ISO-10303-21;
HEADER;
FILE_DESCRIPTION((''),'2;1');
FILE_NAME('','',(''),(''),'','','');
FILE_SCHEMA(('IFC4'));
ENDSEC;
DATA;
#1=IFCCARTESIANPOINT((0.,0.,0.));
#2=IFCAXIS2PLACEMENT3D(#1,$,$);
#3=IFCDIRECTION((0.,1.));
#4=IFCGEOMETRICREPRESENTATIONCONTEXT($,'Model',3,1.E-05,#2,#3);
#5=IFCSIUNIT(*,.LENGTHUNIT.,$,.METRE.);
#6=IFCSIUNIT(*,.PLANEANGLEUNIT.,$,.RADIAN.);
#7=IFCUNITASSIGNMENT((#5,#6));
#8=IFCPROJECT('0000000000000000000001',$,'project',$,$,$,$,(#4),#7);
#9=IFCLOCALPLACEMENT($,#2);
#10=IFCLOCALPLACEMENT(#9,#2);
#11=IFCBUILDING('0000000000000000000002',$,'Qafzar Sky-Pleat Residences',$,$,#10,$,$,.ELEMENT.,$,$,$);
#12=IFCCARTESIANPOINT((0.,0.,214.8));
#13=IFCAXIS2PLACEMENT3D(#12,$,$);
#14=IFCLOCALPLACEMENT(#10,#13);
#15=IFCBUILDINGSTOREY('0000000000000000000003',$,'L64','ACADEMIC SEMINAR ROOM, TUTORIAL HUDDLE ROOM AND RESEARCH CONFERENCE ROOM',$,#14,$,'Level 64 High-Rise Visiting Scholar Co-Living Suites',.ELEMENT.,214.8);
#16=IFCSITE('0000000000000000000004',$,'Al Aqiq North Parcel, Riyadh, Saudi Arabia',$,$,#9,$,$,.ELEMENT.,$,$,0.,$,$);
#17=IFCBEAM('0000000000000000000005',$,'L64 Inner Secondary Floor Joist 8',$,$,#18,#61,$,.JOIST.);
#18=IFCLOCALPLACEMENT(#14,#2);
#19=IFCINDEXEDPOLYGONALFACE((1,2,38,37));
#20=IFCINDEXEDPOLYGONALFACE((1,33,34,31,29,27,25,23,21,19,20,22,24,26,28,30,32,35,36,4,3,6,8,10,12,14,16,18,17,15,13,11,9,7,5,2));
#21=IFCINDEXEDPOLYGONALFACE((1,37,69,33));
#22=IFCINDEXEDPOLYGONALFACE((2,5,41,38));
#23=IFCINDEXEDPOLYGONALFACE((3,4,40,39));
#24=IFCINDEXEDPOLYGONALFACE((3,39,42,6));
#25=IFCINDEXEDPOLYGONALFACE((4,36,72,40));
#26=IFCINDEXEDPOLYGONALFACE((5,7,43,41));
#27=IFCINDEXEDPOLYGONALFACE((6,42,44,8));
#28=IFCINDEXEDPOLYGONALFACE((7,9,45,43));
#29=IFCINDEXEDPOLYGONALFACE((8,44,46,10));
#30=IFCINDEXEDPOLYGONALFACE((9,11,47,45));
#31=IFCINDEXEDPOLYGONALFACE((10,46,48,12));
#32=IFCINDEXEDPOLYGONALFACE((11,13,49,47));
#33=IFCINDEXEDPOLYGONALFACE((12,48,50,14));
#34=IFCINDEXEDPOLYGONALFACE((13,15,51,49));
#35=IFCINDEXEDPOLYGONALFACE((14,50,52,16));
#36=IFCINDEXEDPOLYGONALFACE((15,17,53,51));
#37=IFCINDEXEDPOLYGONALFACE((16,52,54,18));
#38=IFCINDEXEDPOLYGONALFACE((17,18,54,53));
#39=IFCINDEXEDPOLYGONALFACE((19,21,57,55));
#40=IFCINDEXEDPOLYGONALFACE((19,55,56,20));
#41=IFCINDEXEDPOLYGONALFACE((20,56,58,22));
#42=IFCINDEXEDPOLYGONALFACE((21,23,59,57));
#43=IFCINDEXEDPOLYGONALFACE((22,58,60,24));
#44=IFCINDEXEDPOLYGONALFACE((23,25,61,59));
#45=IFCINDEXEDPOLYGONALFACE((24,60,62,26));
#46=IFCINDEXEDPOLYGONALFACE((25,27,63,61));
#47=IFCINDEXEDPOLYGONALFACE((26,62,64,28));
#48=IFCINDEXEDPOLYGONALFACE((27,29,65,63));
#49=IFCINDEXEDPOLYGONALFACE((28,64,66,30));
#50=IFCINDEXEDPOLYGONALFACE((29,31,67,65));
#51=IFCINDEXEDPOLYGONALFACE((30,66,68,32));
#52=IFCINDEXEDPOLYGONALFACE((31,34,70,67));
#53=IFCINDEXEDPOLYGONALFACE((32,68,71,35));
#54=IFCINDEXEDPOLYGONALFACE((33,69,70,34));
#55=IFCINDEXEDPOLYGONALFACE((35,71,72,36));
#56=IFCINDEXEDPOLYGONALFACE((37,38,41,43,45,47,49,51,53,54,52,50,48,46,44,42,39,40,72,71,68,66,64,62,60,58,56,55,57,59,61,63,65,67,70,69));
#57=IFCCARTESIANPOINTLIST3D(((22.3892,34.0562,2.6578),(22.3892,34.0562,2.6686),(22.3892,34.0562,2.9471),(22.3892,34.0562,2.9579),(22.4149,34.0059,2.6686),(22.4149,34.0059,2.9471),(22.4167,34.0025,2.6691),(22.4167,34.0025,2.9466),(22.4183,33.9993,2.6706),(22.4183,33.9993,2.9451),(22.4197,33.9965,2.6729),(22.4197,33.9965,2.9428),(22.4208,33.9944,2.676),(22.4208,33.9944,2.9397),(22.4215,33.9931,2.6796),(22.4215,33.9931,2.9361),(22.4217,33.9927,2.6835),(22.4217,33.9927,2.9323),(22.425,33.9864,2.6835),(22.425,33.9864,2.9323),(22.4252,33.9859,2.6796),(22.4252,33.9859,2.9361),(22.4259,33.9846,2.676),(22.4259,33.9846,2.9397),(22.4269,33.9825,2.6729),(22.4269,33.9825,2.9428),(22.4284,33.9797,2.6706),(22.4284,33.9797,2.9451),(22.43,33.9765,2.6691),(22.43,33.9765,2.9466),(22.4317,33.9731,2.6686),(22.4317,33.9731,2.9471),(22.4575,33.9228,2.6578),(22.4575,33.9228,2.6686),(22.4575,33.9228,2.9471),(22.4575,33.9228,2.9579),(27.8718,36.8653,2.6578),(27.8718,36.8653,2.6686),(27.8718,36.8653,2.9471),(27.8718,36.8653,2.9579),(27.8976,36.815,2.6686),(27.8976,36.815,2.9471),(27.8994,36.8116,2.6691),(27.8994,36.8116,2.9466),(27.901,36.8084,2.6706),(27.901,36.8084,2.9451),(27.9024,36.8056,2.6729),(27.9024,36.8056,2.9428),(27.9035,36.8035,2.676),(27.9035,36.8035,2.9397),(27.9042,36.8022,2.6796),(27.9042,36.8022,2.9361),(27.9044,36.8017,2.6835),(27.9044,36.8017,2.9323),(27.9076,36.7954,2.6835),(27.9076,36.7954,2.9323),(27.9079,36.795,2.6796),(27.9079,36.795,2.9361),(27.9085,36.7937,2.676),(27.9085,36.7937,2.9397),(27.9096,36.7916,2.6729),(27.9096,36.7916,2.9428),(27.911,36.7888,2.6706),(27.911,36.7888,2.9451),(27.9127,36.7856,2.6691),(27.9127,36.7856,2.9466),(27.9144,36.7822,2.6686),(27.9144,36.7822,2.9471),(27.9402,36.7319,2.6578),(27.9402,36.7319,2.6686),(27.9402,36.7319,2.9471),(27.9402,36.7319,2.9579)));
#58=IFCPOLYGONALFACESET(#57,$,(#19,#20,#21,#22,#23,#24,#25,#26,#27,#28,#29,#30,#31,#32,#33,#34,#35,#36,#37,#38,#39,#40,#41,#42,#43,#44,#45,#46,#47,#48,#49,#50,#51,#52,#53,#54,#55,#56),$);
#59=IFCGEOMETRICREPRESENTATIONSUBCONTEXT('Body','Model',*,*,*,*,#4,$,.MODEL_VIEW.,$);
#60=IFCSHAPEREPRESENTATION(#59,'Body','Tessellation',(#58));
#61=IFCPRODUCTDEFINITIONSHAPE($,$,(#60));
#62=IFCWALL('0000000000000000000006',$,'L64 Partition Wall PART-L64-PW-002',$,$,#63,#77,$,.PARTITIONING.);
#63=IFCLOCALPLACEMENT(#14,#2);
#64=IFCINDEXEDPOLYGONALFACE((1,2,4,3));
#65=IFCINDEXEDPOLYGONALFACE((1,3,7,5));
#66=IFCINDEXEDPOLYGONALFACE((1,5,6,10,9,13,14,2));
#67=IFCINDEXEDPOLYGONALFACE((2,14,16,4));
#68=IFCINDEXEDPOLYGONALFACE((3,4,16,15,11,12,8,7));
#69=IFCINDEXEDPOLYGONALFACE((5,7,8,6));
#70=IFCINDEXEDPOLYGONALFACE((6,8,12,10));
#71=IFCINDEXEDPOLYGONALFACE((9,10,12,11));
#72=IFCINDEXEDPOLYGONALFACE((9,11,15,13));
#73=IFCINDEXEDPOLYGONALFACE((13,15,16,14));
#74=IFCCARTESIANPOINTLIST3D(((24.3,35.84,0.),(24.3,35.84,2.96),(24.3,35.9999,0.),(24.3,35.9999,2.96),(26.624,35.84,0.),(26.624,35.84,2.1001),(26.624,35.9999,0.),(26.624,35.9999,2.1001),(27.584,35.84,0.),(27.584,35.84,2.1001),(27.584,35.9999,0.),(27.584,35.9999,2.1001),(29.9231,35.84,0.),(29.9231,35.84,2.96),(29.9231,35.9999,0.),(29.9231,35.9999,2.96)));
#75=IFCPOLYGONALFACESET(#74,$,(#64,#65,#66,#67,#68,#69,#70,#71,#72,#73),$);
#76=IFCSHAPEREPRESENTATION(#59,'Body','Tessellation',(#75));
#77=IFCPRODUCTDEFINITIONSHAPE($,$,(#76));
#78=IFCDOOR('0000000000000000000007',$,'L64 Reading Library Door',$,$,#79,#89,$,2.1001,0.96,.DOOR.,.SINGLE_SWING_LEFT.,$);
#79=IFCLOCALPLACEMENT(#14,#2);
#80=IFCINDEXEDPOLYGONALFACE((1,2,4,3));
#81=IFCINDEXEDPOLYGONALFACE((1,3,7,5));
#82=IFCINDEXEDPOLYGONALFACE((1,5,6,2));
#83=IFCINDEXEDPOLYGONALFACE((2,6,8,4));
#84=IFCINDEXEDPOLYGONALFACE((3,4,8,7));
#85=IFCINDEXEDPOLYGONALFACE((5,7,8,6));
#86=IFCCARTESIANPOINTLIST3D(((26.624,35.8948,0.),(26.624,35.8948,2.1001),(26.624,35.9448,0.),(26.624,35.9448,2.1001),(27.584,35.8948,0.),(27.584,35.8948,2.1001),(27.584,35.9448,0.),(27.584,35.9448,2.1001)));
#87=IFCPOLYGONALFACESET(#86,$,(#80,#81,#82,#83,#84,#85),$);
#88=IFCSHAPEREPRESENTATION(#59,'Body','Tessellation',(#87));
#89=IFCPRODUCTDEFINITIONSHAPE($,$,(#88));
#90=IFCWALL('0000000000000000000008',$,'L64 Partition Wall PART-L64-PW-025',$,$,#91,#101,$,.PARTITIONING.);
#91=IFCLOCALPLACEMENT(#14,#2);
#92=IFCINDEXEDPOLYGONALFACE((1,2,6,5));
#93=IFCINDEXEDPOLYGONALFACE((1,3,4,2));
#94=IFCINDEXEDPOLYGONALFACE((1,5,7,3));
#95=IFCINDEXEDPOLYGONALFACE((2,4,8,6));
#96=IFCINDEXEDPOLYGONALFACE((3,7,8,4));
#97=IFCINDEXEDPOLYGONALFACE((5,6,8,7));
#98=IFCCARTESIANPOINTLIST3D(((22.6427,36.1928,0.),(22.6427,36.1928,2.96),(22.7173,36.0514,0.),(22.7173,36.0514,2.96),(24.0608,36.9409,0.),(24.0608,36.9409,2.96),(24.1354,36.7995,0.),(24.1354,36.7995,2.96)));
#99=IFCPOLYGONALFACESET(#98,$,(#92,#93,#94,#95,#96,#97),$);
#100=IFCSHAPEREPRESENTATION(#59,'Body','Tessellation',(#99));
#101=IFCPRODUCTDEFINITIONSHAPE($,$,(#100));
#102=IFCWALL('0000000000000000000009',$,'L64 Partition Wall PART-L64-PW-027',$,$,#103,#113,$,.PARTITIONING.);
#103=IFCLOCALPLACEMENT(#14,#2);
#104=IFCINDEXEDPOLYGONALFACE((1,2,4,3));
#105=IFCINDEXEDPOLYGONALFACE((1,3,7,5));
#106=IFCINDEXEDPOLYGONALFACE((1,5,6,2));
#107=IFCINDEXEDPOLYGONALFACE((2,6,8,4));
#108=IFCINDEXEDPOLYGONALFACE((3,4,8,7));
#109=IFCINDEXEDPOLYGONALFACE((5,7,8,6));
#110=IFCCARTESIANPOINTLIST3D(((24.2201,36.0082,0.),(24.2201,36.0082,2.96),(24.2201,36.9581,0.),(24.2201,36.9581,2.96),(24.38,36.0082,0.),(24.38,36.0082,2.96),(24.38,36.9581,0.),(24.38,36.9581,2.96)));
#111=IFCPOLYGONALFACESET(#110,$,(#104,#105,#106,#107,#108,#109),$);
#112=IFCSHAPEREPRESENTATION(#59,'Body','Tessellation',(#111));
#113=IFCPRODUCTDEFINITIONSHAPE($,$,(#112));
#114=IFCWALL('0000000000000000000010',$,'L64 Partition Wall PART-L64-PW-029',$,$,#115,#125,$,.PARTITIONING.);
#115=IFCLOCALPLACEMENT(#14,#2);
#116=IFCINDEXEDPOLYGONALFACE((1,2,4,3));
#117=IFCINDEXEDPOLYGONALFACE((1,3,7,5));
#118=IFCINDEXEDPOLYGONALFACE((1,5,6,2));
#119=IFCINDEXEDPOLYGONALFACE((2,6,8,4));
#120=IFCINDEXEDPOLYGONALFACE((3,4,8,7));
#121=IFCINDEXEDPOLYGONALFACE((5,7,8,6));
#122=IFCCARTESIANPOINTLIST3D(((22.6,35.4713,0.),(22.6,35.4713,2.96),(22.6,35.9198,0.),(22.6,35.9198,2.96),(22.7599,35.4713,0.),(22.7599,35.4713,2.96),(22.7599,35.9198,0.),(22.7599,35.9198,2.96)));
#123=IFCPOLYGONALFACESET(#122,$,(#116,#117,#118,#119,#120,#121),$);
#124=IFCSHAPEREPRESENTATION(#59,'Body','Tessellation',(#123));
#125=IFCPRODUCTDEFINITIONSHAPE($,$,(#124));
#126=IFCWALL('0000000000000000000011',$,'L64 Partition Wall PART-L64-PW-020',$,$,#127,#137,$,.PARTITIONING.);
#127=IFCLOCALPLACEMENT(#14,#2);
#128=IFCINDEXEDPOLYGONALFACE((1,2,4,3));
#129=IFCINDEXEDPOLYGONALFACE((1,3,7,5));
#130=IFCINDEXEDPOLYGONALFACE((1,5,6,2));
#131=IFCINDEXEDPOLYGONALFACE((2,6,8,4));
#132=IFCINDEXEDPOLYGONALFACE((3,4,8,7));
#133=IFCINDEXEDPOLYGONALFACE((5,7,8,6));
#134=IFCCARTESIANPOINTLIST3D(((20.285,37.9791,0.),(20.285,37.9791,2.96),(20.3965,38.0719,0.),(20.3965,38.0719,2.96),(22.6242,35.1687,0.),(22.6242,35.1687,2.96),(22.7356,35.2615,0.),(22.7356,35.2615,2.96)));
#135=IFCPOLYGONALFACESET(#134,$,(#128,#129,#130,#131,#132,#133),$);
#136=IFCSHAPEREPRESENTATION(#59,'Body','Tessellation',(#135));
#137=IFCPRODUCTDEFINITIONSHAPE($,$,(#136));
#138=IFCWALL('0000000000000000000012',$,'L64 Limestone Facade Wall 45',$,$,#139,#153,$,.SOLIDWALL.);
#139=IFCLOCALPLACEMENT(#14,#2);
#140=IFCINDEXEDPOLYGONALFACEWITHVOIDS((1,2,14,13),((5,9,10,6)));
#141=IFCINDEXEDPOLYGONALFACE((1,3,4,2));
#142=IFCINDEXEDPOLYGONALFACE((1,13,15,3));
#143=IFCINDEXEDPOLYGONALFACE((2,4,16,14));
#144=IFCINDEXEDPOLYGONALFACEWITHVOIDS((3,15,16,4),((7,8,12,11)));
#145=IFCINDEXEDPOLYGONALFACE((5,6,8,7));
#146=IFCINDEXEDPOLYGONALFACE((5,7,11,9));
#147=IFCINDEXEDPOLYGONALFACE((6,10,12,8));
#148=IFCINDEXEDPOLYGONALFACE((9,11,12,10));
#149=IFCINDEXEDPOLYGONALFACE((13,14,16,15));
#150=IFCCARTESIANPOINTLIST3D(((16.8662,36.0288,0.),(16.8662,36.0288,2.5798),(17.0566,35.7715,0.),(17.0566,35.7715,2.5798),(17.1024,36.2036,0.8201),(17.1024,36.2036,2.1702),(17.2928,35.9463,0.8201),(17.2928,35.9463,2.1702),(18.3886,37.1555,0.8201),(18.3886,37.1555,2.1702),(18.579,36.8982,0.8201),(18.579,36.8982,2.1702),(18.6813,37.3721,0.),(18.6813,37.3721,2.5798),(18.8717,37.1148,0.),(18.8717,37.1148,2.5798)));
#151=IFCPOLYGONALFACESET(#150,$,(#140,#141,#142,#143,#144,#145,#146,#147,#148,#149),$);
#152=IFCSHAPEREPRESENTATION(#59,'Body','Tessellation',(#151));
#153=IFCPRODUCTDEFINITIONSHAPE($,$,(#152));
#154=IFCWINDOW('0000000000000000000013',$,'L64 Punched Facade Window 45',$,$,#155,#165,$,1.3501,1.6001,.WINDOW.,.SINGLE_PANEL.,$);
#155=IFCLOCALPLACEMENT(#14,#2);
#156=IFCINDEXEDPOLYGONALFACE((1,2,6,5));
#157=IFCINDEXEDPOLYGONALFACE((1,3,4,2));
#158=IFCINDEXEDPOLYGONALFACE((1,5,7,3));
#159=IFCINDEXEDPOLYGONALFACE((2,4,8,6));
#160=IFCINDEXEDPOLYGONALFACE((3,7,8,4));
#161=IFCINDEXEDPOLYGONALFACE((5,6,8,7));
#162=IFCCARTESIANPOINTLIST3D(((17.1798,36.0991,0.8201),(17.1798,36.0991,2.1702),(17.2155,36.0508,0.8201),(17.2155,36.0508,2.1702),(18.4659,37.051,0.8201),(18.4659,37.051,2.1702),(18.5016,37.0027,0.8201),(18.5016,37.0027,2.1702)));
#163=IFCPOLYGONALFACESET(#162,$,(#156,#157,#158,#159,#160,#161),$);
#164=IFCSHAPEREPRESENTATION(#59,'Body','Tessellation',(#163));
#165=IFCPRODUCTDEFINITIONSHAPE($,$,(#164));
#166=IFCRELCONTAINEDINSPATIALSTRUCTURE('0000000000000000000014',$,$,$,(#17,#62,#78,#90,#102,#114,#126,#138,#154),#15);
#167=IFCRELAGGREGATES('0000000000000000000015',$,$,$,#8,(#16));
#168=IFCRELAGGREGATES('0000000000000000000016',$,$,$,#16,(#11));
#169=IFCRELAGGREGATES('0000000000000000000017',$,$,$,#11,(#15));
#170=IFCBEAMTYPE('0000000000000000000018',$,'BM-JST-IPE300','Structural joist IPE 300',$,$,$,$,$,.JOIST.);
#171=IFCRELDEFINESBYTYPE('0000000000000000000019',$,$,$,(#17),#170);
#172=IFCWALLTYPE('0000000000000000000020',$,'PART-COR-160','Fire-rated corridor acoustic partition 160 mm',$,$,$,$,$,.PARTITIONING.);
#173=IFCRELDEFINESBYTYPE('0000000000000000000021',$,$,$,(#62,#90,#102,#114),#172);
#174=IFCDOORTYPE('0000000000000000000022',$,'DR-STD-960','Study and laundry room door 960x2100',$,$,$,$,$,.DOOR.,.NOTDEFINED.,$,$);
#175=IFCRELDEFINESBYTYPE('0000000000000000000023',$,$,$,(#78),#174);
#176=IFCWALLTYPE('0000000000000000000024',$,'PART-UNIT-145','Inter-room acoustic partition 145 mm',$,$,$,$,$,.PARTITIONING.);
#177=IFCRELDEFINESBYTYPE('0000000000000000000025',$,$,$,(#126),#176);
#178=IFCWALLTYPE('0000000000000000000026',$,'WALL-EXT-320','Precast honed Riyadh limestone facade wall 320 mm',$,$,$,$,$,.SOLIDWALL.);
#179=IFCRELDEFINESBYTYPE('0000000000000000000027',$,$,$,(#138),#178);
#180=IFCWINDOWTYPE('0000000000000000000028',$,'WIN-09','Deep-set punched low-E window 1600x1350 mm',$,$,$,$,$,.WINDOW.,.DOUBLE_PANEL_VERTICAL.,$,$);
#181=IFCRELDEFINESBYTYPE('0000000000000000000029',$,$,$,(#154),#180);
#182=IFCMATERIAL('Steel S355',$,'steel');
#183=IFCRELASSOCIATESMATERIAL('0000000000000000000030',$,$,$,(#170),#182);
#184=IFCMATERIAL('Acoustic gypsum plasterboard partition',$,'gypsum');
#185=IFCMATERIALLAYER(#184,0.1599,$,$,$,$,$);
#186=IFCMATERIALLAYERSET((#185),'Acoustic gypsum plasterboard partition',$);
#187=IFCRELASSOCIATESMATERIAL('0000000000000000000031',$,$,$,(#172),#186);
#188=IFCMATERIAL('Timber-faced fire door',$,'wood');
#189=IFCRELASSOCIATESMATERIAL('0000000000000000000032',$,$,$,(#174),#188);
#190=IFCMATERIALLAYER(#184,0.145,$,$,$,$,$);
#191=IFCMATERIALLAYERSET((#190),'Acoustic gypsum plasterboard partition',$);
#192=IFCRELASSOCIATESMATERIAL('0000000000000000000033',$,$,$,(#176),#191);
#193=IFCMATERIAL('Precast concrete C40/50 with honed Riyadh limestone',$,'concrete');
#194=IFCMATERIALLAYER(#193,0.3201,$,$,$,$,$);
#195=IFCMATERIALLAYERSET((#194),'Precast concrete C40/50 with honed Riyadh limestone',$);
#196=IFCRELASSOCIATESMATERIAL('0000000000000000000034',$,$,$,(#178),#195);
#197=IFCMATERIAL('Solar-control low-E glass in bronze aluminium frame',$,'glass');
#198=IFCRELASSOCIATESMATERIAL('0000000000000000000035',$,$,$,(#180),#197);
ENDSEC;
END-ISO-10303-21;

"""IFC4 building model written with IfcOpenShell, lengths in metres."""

from ifc_helpers import new_model, si_unit, direction, frame, frame_2d, origin, origin_2d, place, context, subcontext, project, spatial, rectangle, i_section, extrude, source, transform, mapped, material, layer, layer_set, material_profile, profile_set, type_object, element, fill, save


model = new_model("IFC4")

# Units and contexts
model_context = context("Model", 3, precision=1e-05, world=origin(), true_north=direction((0.0, 1.0)))
body_context = subcontext(model_context, "Body", "Model", "MODEL_VIEW")
ifc_project = project(units=[si_unit("LENGTHUNIT", "METRE"), si_unit("PLANEANGLEUNIT", "RADIAN")], contexts=[model_context])

# Site, building, storey
site_placement = place(None, origin())
site = spatial("IfcSite", under=ifc_project, at=site_placement, Name="Al Aqiq North Parcel, Riyadh, Saudi Arabia", CompositionType="ELEMENT", RefElevation=0.0)
building_placement = place(site_placement, origin())
building = spatial("IfcBuilding", under=site, at=building_placement, Name="Qafzar Sky-Pleat Residences", CompositionType="ELEMENT")
storey_placement = place(building_placement, frame((0.0, 0.0, 214.8)))
storey = spatial("IfcBuildingStorey", under=building, at=storey_placement, Name="L64", Description="ACADEMIC SEMINAR ROOM, TUTORIAL HUDDLE ROOM AND RESEARCH CONFERENCE ROOM", LongName="Level 64 High-Rise Visiting Scholar Co-Living Suites", CompositionType="ELEMENT", Elevation=214.8)

# Beam
ifc_material_1 = material(Name="Steel S355", Category="steel")
ifc_material_profile_1 = material_profile(ifc_material_1, i_section(OverallWidth=0.1499, OverallDepth=0.3, WebThickness=0.0071, FlangeThickness=0.0107, FilletRadius=0.0149, at=origin_2d()), Name="IPE 300")
ifc_profile_set_1 = profile_set([ifc_material_profile_1], Name="Steel S355")
beam_type_1 = type_object("IfcBeamType", Name="BM-JST-IPE300", Description="Structural joist IPE 300", PredefinedType="JOIST", material=ifc_profile_set_1)
shared_shape_1 = source(origin(), body_context, "Body", "SweptSolid", [
    extrude(i_section(OverallWidth=0.1499, OverallDepth=0.3, WebThickness=0.0071, FlangeThickness=0.0107, FilletRadius=0.0149, at=origin_2d()), origin(), (0.0, 0.0, 1.0), 6.1604),
])
beam_1_placement = place(storey_placement, frame((27.906, 36.7986, 2.8079), z_axis=(-0.889985, -0.45599, 0.0), x_axis=(0.45599, -0.889985, 0.0)))
element("IfcBeam", 1, at=beam_1_placement, inside=storey, type_object=beam_type_1, Name="L64 Inner Secondary Floor Joist 8", PredefinedType="JOIST", context=body_context, shape_type="MappedRepresentation", body=[
    mapped(shared_shape_1, transform((0.0, 0.0, 0.0), x_axis=(1.0, 0.0, 0.0), y_axis=(0.0, 1.0, 0.0), z_axis=(0.0, 0.0, 1.0), scale=1.0)),
])

# Wall, opening, door
ifc_material_2 = material(Name="Acoustic gypsum plasterboard partition", Category="gypsum")
ifc_layer_1 = layer(ifc_material_2, 0.1599)
ifc_layer_set_1 = layer_set([ifc_layer_1], Name="Acoustic gypsum plasterboard partition")
wall_type_1 = type_object("IfcWallType", Name="PART-COR-160", Description="Fire-rated corridor acoustic partition 160 mm", PredefinedType="PARTITIONING", material=ifc_layer_set_1)
wall_1_placement = place(storey_placement, frame((24.3, 35.9199, 0.0), z_axis=(0.0, 0.0, 1.0), x_axis=(1.0, 0.0, 0.0)))
wall_1 = element("IfcWall", 2, at=wall_1_placement, inside=storey, type_object=wall_type_1, Name="L64 Partition Wall PART-L64-PW-002", PredefinedType="PARTITIONING", context=body_context, shape_type="SweptSolid", body=[
    extrude(rectangle(XDim=5.623, YDim=0.1599, at=frame_2d((2.8115, 0.0))), origin(), (0.0, 0.0, 1.0), 2.96),
])
opening_1_placement = place(wall_1_placement, frame((2.324, 0.0, 0.0)))
opening_1 = element("IfcOpeningElement", 3, at=opening_1_placement, cuts=wall_1, PredefinedType="OPENING", context=body_context, shape_type="SweptSolid", body=[
    extrude(rectangle(XDim=0.96, YDim=2.1001, at=frame_2d((0.48, 1.05))), frame((0.0, 0.0898, 0.0), z_axis=(0.0, -1.0, 0.0), x_axis=(1.0, 0.0, 0.0)), (0.0, 0.0, 1.0), 0.1799),
])
ifc_material_3 = material(Name="Timber-faced fire door", Category="wood")
door_type = type_object("IfcDoorType", Name="DR-STD-960", Description="Study and laundry room door 960x2100", OperationType="NOTDEFINED", PredefinedType="DOOR", material=ifc_material_3)
shared_shape_2 = source(origin(), body_context, "Body", "SweptSolid", [
    extrude(rectangle(XDim=0.96, YDim=2.1001, at=frame_2d((0.48, 1.05))), frame((0.0, 0.0249, 0.0), z_axis=(0.0, -1.0, 0.0), x_axis=(1.0, 0.0, 0.0)), (0.0, 0.0, 1.0), 0.05),
])
door_placement = place(opening_1_placement, origin())
door = element("IfcDoor", 4, at=door_placement, inside=storey, type_object=door_type, Name="L64 Reading Library Door", OperationType="SINGLE_SWING_LEFT", OverallHeight=2.1001, OverallWidth=0.96, PredefinedType="DOOR", context=body_context, shape_type="MappedRepresentation", body=[
    mapped(shared_shape_2, transform((0.0, 0.0, 0.0), x_axis=(1.0, 0.0, 0.0), y_axis=(0.0, 1.0, 0.0), z_axis=(0.0, 0.0, 1.0), scale=1.0)),
])
fill(opening_1, door)

# Walls
wall_2_placement = place(storey_placement, frame((22.6799, 36.1221, 0.0), z_axis=(0.0, 0.0, 1.0), x_axis=(0.884469, 0.4666, 0.0)))
element("IfcWall", 5, at=wall_2_placement, inside=storey, type_object=wall_type_1, Name="L64 Partition Wall PART-L64-PW-025", PredefinedType="PARTITIONING", context=body_context, shape_type="SweptSolid", body=[
    extrude(rectangle(XDim=1.6033, YDim=0.1599, at=frame_2d((0.8018, 0.0))), origin(), (0.0, 0.0, 1.0), 2.96),
])
wall_3_placement = place(storey_placement, frame((24.3, 36.0081, 0.0), z_axis=(0.0, 0.0, 1.0), x_axis=(0.0, 1.0, 0.0)))
element("IfcWall", 6, at=wall_3_placement, inside=storey, type_object=wall_type_1, Name="L64 Partition Wall PART-L64-PW-027", PredefinedType="PARTITIONING", context=body_context, shape_type="SweptSolid", body=[
    extrude(rectangle(XDim=0.95, YDim=0.1599, at=frame_2d((0.4751, 0.0))), origin(), (0.0, 0.0, 1.0), 2.96),
])
wall_4_placement = place(storey_placement, frame((22.6799, 35.4714, 0.0), z_axis=(0.0, 0.0, 1.0), x_axis=(0.0, 1.0, 0.0)))
element("IfcWall", 7, at=wall_4_placement, inside=storey, type_object=wall_type_1, Name="L64 Partition Wall PART-L64-PW-029", PredefinedType="PARTITIONING", context=body_context, shape_type="SweptSolid", body=[
    extrude(rectangle(XDim=0.4485, YDim=0.1599, at=frame_2d((0.2241, 0.0))), origin(), (0.0, 0.0, 1.0), 2.96),
])
ifc_layer_2 = layer(ifc_material_2, 0.145)
ifc_layer_set_2 = layer_set([ifc_layer_2], Name="Acoustic gypsum plasterboard partition")
wall_type_2 = type_object("IfcWallType", Name="PART-UNIT-145", Description="Inter-room acoustic partition 145 mm", PredefinedType="PARTITIONING", material=ifc_layer_set_2)
wall_5_placement = place(storey_placement, frame((20.3408, 38.0254, 0.0), z_axis=(0.0, 0.0, 1.0), x_axis=(0.639731, -0.768599, 0.0)))
element("IfcWall", 8, at=wall_5_placement, inside=storey, type_object=wall_type_2, Name="L64 Partition Wall PART-L64-PW-020", PredefinedType="PARTITIONING", context=body_context, shape_type="SweptSolid", body=[
    extrude(rectangle(XDim=3.6565, YDim=0.145, at=frame_2d((1.8281, 0.0))), origin(), (0.0, 0.0, 1.0), 2.96),
])

# Wall, opening, window
ifc_material_4 = material(Name="Precast concrete C40/50 with honed Riyadh limestone", Category="concrete")
ifc_layer_3 = layer(ifc_material_4, 0.3201)
ifc_layer_set_3 = layer_set([ifc_layer_3], Name="Precast concrete C40/50 with honed Riyadh limestone")
wall_type_3 = type_object("IfcWallType", Name="WALL-EXT-320", Description="Precast honed Riyadh limestone facade wall 320 mm", PredefinedType="SOLIDWALL", material=ifc_layer_set_3)
wall_6_placement = place(storey_placement, frame((18.7764, 37.2434, 0.0), z_axis=(0.0, 0.0, 1.0), x_axis=(-0.803798, -0.594902, 0.0)))
wall_6 = element("IfcWall", 9, at=wall_6_placement, inside=storey, type_object=wall_type_3, Name="L64 Limestone Facade Wall 45", PredefinedType="SOLIDWALL", context=body_context, shape_type="SweptSolid", body=[
    extrude(rectangle(XDim=2.2581, YDim=0.3201, at=frame_2d((1.1289, 0.0))), origin(), (0.0, 0.0, 1.0), 2.5798),
])
opening_2_placement = place(wall_6_placement, frame((0.364, 0.0, 0.8201)))
opening_2 = element("IfcOpeningElement", 10, at=opening_2_placement, cuts=wall_6, PredefinedType="OPENING", context=body_context, shape_type="SweptSolid", body=[
    extrude(rectangle(XDim=1.6001, YDim=1.3501, at=frame_2d((0.8, 0.675))), frame((0.0, 0.1699, 0.0), z_axis=(0.0, -1.0, 0.0), x_axis=(1.0, 0.0, 0.0)), (0.0, 0.0, 1.0), 0.3401),
])
ifc_material_5 = material(Name="Solar-control low-E glass in bronze aluminium frame", Category="glass")
window_type_1 = type_object("IfcWindowType", Name="WIN-09", Description="Deep-set punched low-E window 1600x1350 mm", PartitioningType="DOUBLE_PANEL_VERTICAL", PredefinedType="WINDOW", material=ifc_material_5)
shared_shape_3 = source(origin(), body_context, "Body", "SweptSolid", [
    extrude(rectangle(XDim=1.6001, YDim=1.3501, at=frame_2d((0.8, 0.675))), frame((0.0, 0.03, 0.0), z_axis=(0.0, -1.0, 0.0), x_axis=(1.0, 0.0, 0.0)), (0.0, 0.0, 1.0), 0.0601),
])
window_1_placement = place(opening_2_placement, origin())
window_1 = element("IfcWindow", 11, at=window_1_placement, inside=storey, type_object=window_type_1, Name="L64 Punched Facade Window 45", OverallHeight=1.3501, OverallWidth=1.6001, PartitioningType="SINGLE_PANEL", PredefinedType="WINDOW", context=body_context, shape_type="MappedRepresentation", body=[
    mapped(shared_shape_3, transform((0.0, 0.0, 0.0), x_axis=(1.0, 0.0, 0.0), y_axis=(0.0, 1.0, 0.0), z_axis=(0.0, 0.0, 1.0), scale=1.0)),
])
fill(opening_2, window_1)

save(model, "model.ifc")
